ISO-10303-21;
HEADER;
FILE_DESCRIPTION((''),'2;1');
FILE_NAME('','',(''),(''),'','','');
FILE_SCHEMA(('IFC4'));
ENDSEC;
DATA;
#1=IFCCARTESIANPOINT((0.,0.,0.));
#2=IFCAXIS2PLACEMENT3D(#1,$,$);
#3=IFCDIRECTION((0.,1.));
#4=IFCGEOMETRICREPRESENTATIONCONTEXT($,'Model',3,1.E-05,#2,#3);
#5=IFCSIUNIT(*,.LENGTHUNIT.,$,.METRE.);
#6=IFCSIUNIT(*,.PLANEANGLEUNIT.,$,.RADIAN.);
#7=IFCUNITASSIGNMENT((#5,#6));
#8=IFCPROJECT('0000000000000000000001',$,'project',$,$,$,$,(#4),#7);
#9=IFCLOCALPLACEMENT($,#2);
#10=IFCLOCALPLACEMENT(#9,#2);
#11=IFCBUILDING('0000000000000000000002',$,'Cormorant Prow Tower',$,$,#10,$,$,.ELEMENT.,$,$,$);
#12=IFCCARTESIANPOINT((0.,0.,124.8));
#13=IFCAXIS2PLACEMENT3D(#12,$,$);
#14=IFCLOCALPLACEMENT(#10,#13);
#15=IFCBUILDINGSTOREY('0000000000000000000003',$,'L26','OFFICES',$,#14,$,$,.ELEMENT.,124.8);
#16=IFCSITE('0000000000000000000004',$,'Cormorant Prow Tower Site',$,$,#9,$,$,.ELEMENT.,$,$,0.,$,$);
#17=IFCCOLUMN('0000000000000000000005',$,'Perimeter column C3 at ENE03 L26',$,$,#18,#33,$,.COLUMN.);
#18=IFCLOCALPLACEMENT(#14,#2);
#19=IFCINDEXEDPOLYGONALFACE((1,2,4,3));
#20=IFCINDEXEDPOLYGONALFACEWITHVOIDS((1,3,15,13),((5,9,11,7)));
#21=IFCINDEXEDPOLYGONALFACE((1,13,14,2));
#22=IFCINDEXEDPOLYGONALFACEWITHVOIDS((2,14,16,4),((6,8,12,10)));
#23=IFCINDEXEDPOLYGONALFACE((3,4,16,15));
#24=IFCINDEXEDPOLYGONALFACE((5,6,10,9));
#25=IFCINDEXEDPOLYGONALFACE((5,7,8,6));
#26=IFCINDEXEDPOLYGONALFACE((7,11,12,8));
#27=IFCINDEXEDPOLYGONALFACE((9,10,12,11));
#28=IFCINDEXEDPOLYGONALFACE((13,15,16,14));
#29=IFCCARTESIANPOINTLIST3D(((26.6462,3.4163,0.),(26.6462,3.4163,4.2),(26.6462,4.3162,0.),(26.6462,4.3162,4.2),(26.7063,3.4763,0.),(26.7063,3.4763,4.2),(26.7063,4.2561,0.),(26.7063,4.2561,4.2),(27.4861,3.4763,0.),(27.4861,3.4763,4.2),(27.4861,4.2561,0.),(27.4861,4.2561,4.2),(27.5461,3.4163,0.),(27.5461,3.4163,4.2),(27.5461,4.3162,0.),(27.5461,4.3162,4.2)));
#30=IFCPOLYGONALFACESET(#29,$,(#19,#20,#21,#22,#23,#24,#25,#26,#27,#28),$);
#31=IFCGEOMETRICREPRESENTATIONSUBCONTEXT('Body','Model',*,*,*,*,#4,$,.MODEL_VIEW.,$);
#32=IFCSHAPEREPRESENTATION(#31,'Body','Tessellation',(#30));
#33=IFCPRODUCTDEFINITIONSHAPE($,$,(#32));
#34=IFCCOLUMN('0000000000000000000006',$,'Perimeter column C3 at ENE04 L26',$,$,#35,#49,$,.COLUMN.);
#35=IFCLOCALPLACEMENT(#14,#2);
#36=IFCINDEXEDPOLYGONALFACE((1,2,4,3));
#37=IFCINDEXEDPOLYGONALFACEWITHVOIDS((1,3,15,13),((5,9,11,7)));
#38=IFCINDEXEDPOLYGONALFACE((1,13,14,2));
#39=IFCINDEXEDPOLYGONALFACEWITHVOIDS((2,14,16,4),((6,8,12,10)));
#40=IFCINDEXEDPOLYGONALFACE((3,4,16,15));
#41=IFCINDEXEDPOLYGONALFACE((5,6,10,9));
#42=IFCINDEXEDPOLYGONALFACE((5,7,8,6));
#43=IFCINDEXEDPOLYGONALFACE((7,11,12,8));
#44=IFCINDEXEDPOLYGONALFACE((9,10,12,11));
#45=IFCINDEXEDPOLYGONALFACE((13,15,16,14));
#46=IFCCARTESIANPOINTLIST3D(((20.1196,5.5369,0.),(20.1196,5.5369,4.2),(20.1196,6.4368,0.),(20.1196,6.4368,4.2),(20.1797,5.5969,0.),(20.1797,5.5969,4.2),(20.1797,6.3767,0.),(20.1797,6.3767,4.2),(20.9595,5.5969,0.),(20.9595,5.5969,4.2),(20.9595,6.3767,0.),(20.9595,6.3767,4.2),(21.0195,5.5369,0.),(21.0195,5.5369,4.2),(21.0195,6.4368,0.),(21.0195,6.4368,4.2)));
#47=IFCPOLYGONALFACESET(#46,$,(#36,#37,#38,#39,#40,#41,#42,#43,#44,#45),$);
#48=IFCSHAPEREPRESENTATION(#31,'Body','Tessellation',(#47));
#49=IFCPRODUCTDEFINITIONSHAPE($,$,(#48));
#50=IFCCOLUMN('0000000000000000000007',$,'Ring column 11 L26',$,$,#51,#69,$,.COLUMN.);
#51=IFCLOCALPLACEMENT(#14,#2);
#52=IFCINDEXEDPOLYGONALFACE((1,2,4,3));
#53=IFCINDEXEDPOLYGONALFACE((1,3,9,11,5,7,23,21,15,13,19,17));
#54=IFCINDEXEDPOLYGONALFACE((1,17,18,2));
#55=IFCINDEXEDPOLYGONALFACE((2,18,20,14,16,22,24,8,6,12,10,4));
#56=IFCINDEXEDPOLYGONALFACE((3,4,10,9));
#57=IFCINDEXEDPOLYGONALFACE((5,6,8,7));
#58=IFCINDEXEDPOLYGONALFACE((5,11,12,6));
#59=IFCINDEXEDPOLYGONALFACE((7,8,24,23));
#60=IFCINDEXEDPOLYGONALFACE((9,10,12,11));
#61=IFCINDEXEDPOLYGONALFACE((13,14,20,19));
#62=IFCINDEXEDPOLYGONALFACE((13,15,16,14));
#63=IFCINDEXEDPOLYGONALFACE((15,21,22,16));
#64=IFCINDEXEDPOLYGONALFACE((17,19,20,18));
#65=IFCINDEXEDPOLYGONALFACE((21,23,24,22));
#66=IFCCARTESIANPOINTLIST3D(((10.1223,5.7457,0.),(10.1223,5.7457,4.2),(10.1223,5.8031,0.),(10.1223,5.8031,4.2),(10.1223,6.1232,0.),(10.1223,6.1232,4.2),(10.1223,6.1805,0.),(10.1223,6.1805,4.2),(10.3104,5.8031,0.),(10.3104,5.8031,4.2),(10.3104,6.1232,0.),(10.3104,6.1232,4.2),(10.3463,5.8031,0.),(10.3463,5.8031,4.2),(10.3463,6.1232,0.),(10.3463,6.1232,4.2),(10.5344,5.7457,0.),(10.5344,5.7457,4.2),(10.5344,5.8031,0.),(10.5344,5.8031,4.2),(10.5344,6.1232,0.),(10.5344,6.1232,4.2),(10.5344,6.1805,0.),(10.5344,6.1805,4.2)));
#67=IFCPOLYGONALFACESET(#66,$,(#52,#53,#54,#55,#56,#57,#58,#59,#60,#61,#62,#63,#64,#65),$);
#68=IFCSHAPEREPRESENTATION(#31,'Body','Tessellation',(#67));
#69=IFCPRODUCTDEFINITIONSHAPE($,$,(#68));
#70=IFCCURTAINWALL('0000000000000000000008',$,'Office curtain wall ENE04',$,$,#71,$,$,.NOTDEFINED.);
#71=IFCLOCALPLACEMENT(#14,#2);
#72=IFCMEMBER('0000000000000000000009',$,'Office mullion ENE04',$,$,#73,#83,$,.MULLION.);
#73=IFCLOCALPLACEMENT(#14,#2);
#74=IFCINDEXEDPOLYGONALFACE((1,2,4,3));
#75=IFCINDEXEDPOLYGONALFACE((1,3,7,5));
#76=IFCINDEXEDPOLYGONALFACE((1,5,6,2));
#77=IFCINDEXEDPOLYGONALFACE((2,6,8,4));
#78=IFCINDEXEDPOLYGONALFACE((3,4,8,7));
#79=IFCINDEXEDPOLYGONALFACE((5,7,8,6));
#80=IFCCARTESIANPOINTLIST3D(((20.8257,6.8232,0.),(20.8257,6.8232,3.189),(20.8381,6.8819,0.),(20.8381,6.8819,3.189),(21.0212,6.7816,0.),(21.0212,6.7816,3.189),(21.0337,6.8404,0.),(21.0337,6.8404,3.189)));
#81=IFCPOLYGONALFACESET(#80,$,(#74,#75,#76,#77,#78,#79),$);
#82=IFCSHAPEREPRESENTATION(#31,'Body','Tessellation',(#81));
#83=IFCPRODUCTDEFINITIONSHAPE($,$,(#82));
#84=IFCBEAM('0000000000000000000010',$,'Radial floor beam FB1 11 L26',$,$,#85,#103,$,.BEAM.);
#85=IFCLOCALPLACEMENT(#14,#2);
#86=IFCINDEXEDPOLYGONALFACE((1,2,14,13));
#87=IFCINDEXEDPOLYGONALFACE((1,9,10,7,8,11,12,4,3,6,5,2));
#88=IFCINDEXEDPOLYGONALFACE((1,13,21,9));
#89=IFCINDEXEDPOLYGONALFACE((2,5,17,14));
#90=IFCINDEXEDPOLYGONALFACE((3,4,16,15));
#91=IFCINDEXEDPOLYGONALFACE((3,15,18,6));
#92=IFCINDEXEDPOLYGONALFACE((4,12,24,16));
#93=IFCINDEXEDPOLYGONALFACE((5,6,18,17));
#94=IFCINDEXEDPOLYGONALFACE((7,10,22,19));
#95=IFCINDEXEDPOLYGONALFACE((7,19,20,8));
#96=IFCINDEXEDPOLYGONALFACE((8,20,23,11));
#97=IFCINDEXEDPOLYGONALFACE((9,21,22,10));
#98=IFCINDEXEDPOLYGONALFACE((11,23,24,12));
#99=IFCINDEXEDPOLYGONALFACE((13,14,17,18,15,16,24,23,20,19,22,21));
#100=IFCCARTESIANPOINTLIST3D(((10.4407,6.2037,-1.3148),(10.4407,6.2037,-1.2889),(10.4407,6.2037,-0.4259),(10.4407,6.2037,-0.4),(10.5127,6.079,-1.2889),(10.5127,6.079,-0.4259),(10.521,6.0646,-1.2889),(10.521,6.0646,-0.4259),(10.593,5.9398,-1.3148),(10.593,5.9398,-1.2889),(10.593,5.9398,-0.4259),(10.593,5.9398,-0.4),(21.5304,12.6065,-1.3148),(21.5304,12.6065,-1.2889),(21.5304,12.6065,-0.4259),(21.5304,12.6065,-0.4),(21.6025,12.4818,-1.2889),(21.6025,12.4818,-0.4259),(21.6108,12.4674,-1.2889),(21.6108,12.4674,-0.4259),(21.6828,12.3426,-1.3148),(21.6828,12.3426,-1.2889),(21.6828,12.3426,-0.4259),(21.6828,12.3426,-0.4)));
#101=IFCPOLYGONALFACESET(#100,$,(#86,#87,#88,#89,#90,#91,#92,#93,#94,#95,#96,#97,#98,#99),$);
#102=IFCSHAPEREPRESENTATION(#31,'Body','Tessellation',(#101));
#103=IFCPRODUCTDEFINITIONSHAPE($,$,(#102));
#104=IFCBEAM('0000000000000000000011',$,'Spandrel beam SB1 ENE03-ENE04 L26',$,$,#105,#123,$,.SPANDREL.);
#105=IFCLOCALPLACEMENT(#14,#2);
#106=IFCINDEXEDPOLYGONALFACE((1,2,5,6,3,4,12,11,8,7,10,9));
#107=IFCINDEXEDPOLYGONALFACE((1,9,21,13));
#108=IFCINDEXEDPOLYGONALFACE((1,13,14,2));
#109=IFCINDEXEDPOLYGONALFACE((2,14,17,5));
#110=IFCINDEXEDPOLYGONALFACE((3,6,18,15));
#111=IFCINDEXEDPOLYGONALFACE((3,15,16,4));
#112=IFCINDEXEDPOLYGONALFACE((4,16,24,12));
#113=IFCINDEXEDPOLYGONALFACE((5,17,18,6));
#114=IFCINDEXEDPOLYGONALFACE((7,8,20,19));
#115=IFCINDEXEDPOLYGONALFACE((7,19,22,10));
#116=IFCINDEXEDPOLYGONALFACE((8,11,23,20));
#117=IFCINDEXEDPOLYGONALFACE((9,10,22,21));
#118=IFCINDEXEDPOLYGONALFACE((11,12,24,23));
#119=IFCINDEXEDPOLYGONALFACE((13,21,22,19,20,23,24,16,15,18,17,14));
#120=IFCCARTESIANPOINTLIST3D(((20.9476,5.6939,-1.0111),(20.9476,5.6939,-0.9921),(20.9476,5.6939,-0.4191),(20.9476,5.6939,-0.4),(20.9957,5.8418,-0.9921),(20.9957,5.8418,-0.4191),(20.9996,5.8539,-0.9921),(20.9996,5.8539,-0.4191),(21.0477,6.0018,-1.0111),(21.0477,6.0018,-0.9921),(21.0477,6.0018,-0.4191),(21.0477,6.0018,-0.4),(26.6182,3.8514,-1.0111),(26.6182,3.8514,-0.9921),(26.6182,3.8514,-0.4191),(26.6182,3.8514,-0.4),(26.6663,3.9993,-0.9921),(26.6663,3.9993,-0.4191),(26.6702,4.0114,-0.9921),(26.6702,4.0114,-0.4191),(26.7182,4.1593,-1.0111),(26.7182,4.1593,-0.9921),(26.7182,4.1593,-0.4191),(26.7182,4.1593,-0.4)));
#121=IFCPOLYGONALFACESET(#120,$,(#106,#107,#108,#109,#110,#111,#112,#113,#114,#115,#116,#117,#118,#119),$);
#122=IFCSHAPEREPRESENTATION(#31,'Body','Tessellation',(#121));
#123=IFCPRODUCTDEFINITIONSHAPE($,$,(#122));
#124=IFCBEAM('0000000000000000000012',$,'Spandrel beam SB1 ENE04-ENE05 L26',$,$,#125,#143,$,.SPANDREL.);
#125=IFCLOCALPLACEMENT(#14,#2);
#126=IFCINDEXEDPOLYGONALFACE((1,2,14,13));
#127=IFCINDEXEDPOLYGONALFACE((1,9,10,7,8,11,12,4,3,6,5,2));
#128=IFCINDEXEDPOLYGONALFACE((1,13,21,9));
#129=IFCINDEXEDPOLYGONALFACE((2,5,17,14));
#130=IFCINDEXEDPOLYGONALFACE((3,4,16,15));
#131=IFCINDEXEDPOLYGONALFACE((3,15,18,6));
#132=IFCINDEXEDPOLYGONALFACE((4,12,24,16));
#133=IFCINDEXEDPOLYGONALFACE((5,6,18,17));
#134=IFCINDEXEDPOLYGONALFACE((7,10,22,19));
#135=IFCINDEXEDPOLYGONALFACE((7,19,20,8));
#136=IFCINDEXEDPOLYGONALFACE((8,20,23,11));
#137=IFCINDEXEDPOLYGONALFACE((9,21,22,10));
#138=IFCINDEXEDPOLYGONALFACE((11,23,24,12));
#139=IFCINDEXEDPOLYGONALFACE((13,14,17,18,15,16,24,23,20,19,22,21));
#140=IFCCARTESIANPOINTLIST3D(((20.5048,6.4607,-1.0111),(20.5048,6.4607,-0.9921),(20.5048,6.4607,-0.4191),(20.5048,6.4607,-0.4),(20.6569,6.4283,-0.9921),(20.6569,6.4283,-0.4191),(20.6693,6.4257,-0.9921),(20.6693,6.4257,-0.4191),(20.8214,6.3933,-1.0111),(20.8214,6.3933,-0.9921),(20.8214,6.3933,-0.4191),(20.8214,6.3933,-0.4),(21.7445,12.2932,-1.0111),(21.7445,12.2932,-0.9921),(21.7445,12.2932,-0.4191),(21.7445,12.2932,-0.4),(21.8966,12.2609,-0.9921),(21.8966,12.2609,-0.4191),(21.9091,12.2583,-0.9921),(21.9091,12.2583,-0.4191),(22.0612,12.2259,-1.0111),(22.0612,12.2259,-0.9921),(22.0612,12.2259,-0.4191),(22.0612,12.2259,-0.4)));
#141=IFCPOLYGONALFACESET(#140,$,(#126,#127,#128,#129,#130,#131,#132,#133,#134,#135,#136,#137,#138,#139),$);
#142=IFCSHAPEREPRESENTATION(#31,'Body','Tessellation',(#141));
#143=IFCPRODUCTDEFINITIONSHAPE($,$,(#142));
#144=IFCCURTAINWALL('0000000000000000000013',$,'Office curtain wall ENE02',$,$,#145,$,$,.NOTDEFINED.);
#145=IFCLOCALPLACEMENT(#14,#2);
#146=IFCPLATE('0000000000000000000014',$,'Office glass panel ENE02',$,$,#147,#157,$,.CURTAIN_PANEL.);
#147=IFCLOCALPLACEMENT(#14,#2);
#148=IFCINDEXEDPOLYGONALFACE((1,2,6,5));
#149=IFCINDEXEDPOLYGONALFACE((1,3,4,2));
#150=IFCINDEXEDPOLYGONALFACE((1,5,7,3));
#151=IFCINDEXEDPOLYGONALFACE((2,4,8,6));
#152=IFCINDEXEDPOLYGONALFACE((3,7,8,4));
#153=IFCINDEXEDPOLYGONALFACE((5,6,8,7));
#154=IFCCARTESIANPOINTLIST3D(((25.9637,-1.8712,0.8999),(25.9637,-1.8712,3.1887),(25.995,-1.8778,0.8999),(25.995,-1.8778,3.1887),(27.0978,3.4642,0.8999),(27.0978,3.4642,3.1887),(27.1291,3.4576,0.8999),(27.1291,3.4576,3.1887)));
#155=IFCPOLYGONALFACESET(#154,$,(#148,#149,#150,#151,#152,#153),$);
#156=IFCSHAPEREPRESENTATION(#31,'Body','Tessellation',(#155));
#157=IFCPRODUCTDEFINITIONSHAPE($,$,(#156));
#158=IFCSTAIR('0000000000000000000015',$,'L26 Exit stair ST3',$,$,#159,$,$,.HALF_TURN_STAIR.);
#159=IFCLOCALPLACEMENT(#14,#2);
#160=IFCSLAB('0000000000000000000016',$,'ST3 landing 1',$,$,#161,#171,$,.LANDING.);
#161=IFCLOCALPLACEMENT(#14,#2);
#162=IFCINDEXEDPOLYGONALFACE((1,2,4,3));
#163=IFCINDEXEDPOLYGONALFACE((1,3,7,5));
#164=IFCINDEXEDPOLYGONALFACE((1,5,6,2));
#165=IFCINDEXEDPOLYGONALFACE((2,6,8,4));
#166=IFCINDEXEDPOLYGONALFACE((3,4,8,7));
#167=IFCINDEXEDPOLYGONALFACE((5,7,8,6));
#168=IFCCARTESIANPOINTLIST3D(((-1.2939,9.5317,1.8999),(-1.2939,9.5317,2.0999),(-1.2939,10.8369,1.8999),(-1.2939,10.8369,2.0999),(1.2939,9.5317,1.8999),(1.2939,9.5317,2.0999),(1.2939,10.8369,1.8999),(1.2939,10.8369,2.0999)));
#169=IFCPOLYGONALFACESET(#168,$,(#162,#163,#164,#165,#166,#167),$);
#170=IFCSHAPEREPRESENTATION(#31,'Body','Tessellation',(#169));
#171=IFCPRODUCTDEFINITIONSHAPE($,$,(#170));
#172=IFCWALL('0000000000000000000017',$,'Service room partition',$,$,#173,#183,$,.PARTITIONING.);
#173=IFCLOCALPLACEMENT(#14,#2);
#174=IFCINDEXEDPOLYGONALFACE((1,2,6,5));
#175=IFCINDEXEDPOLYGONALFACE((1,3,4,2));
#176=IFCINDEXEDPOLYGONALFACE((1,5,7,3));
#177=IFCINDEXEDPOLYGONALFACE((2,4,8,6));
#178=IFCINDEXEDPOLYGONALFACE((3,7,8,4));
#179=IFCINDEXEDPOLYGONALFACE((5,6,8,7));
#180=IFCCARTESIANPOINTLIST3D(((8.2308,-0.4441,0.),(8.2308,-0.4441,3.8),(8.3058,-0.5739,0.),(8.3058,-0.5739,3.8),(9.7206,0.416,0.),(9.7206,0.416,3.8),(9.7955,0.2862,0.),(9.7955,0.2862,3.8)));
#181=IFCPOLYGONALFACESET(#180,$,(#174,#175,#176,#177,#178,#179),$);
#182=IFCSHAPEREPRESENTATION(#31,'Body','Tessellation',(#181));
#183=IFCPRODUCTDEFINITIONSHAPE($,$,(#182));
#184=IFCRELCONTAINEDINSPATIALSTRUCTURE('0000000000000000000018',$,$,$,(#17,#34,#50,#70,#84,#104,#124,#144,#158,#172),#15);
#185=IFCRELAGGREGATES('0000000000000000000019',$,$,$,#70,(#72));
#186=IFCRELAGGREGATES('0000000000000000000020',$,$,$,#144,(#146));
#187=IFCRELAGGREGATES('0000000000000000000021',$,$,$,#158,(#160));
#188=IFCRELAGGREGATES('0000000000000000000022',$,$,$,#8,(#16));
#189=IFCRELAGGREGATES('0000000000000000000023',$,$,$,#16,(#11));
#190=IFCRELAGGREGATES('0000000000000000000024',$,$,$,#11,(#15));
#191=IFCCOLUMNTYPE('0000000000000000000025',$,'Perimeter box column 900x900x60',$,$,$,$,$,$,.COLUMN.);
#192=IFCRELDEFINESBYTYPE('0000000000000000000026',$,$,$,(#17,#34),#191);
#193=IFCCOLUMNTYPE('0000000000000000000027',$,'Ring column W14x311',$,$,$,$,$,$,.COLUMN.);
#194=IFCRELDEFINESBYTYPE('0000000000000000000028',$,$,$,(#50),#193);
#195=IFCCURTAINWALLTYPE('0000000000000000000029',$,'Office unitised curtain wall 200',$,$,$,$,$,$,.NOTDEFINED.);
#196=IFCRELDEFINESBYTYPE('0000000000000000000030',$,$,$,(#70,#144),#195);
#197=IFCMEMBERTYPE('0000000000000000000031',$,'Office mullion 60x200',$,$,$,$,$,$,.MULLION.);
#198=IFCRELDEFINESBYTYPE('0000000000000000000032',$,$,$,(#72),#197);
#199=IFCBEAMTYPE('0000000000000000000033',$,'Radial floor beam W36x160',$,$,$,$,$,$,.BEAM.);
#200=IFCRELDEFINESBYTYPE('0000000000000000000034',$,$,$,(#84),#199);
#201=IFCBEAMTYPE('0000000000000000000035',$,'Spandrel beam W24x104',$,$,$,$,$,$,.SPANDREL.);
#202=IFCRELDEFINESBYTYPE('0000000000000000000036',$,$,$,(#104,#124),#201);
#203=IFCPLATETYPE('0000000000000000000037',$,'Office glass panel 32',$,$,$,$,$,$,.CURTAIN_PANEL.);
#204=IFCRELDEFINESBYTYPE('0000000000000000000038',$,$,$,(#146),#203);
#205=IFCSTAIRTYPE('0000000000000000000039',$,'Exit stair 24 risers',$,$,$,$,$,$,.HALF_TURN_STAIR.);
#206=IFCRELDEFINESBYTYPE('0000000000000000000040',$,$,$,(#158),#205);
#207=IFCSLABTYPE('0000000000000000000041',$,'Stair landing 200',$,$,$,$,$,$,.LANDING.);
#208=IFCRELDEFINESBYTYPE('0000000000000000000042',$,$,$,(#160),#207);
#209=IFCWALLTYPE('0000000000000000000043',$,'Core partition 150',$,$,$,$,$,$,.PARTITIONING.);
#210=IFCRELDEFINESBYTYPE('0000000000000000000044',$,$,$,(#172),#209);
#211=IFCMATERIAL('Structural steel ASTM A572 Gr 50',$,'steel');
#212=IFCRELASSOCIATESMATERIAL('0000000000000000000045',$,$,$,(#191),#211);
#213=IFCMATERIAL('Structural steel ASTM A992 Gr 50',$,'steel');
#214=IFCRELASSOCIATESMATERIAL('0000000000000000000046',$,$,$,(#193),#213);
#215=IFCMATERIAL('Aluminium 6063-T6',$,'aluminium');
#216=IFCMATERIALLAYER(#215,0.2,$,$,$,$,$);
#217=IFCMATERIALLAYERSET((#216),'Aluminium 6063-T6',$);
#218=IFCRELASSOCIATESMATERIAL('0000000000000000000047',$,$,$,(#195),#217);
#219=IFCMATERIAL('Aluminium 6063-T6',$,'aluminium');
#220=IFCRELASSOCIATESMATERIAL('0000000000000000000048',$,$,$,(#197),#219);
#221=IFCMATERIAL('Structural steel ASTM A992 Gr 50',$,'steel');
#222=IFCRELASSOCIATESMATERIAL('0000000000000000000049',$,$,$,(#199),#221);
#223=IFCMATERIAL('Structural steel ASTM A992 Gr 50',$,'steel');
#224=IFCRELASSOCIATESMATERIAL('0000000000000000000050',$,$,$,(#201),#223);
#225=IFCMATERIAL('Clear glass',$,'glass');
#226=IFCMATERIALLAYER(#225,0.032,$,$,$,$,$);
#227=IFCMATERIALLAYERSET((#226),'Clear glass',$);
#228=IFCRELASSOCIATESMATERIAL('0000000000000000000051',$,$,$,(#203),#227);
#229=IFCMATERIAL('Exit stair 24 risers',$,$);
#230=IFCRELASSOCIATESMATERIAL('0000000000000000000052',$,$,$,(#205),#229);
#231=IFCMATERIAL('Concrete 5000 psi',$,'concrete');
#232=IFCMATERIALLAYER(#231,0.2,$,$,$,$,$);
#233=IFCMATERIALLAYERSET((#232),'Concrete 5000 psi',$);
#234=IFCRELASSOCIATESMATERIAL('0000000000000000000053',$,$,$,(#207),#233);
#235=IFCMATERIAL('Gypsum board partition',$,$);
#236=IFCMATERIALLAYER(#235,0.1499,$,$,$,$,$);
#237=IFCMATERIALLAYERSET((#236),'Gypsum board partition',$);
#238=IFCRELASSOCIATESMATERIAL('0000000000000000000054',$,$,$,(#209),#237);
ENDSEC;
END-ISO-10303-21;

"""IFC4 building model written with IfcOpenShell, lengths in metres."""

from ifc_helpers import new_model, si_unit, direction, frame, frame_2d, origin, origin_2d, place, context, subcontext, project, spatial, polyline, rectangle, hollow_rectangle, i_section, outline, extrude, material, layer, layer_set, material_profile, profile_set, type_object, element, aggregate, save


model = new_model("IFC4")

# Units and contexts
model_context = context("Model", 3, precision=1e-05, world=origin(), true_north=direction((0.0, 1.0)))
body_context = subcontext(model_context, "Body", "Model", "MODEL_VIEW")
ifc_project = project(units=[si_unit("LENGTHUNIT", "METRE"), si_unit("PLANEANGLEUNIT", "RADIAN")], contexts=[model_context])

# Site, building, storey
site_placement = place(None, origin())
site = spatial("IfcSite", under=ifc_project, at=site_placement, Name="Cormorant Prow Tower Site", CompositionType="ELEMENT", RefElevation=0.0)
building_placement = place(site_placement, origin())
building = spatial("IfcBuilding", under=site, at=building_placement, Name="Cormorant Prow Tower", CompositionType="ELEMENT")
storey_placement = place(building_placement, frame((0.0, 0.0, 124.8)))
storey = spatial("IfcBuildingStorey", under=building, at=storey_placement, Name="L26", Description="OFFICES", CompositionType="ELEMENT", Elevation=124.8)

# Columns
ifc_material_1 = material(Name="Structural steel ASTM A572 Gr 50", Category="steel")
ifc_material_profile_1 = material_profile(ifc_material_1, hollow_rectangle(XDim=0.8999, YDim=0.8999, WallThickness=0.0601, at=origin_2d()), Name="Box 900x900x60")
ifc_profile_set_1 = profile_set([ifc_material_profile_1], Name="Structural steel ASTM A572 Gr 50")
column_type_1 = type_object("IfcColumnType", Name="Perimeter box column 900x900x60", PredefinedType="COLUMN", material=ifc_profile_set_1)
for number, where, z_axis, x_axis, name in (
    (1, (27.0962, 3.8662, 0.0), (0.0, 0.0, 1.0), (1.0, 0.0, 0.0), "Perimeter column C3 at ENE03 L26"),
    (2, (20.5696, 5.9868, 0.0), (0.0, 0.0, 1.0), (1.0, 0.0, 0.0), "Perimeter column C3 at ENE04 L26"),
):
    element("IfcColumn", number, at=place(storey_placement, frame(where, z_axis=z_axis, x_axis=x_axis)), inside=storey, type_object=column_type_1, Name=name, PredefinedType="COLUMN", context=body_context, shape_type="SweptSolid", body=[
        extrude(hollow_rectangle(XDim=0.8999, YDim=0.8999, WallThickness=0.0601, at=origin_2d()), origin(), (0.0, 0.0, 1.0), 4.2),
    ])
ifc_material_2 = material(Name="Structural steel ASTM A992 Gr 50", Category="steel")
ifc_material_profile_2 = material_profile(ifc_material_2, i_section(OverallWidth=0.4121, OverallDepth=0.4348, WebThickness=0.0359, FlangeThickness=0.0574, at=origin_2d()), Name="W14x311")
ifc_profile_set_2 = profile_set([ifc_material_profile_2], Name="Structural steel ASTM A992 Gr 50")
column_type_2 = type_object("IfcColumnType", Name="Ring column W14x311", PredefinedType="COLUMN", material=ifc_profile_set_2)
column_placement = place(storey_placement, frame((10.3284, 5.9631, 0.0), z_axis=(0.0, 0.0, 1.0), x_axis=(1.0, 0.0, 0.0)))
element("IfcColumn", 3, at=column_placement, inside=storey, type_object=column_type_2, Name="Ring column 11 L26", PredefinedType="COLUMN", context=body_context, shape_type="SweptSolid", body=[
    extrude(i_section(OverallWidth=0.4121, OverallDepth=0.4348, WebThickness=0.0359, FlangeThickness=0.0574, at=origin_2d()), origin(), (0.0, 0.0, 1.0), 4.2),
])

# Curtain wall, member
ifc_material_3 = material(Name="Aluminium 6063-T6", Category="aluminium")
ifc_layer_1 = layer(ifc_material_3, 0.2)
ifc_layer_set_1 = layer_set([ifc_layer_1], Name="Aluminium 6063-T6")
curtain_wall_type = type_object("IfcCurtainWallType", Name="Office unitised curtain wall 200", PredefinedType="NOTDEFINED", material=ifc_layer_set_1)
curtain_wall_1_placement = place(storey_placement, origin())
curtain_wall_1 = element("IfcCurtainWall", 4, at=curtain_wall_1_placement, inside=storey, type_object=curtain_wall_type, Name="Office curtain wall ENE04", PredefinedType="NOTDEFINED")
ifc_material_4 = material(Name="Aluminium 6063-T6", Category="aluminium")
ifc_material_profile_3 = material_profile(ifc_material_4, rectangle(XDim=0.2, YDim=0.0601, at=origin_2d()), Name="Office mullion 60x200")
ifc_profile_set_3 = profile_set([ifc_material_profile_3], Name="Aluminium 6063-T6")
member_type = type_object("IfcMemberType", Name="Office mullion 60x200", PredefinedType="MULLION", material=ifc_profile_set_3)
member_placement = place(storey_placement, frame((20.9297, 6.8318, 0.0), z_axis=(0.0, 0.0, 1.0), x_axis=(-0.978148, 0.207912, 0.0)))
member = element("IfcMember", 5, at=member_placement, type_object=member_type, Name="Office mullion ENE04", PredefinedType="MULLION", context=body_context, shape_type="SweptSolid", body=[
    extrude(rectangle(XDim=0.2, YDim=0.0601, at=origin_2d()), origin(), (0.0, 0.0, 1.0), 3.189),
])
aggregate(curtain_wall_1, [member])

# Beams
ifc_material_5 = material(Name="Structural steel ASTM A992 Gr 50", Category="steel")
ifc_material_profile_4 = material_profile(ifc_material_5, i_section(OverallWidth=0.3047, OverallDepth=0.9148, WebThickness=0.0166, FlangeThickness=0.0259, at=origin_2d()), Name="W36x160")
ifc_profile_set_4 = profile_set([ifc_material_profile_4], Name="Structural steel ASTM A992 Gr 50")
beam_type_1 = type_object("IfcBeamType", Name="Radial floor beam W36x160", PredefinedType="BEAM", material=ifc_profile_set_4)
beam_1_placement = place(storey_placement, frame((10.5168, 6.0718, -0.8574), z_axis=(0.866022, 0.500006, 0.0), x_axis=(-0.500006, 0.866022, 0.0)))
element("IfcBeam", 6, at=beam_1_placement, inside=storey, type_object=beam_type_1, Name="Radial floor beam FB1 11 L26", PredefinedType="BEAM", context=body_context, shape_type="SweptSolid", body=[
    extrude(i_section(OverallWidth=0.3047, OverallDepth=0.9148, WebThickness=0.0166, FlangeThickness=0.0259, at=origin_2d()), origin(), (0.0, 0.0, 1.0), 12.8054),
])
ifc_material_6 = material(Name="Structural steel ASTM A992 Gr 50", Category="steel")
ifc_material_profile_5 = material_profile(ifc_material_6, i_section(OverallWidth=0.3237, OverallDepth=0.6111, WebThickness=0.0127, FlangeThickness=0.019, at=origin_2d()), Name="W24x104")
ifc_profile_set_5 = profile_set([ifc_material_profile_5], Name="Structural steel ASTM A992 Gr 50")
beam_type_2 = type_object("IfcBeamType", Name="Spandrel beam W24x104", PredefinedType="SPANDREL", material=ifc_profile_set_5)
beam_2_placement = place(storey_placement, frame((26.6682, 4.0054, -0.7056), z_axis=(-0.951055, 0.30902, 0.0), x_axis=(-0.30902, -0.951055, 0.0)))
element("IfcBeam", 7, at=beam_2_placement, inside=storey, type_object=beam_type_2, Name="Spandrel beam SB1 ENE03-ENE04 L26", PredefinedType="SPANDREL", context=body_context, shape_type="SweptSolid", body=[
    extrude(i_section(OverallWidth=0.3237, OverallDepth=0.6111, WebThickness=0.0127, FlangeThickness=0.019, at=origin_2d()), origin(), (0.0, 0.0, 1.0), 5.9624),
])
beam_3_placement = place(storey_placement, frame((20.6631, 6.427, -0.7056), z_axis=(0.207913, 0.978147, 0.0), x_axis=(-0.978147, 0.207913, 0.0)))
element("IfcBeam", 8, at=beam_3_placement, inside=storey, type_object=beam_type_2, Name="Spandrel beam SB1 ENE04-ENE05 L26", PredefinedType="SPANDREL", context=body_context, shape_type="SweptSolid", body=[
    extrude(i_section(OverallWidth=0.3237, OverallDepth=0.6111, WebThickness=0.0127, FlangeThickness=0.019, at=origin_2d()), origin(), (0.0, 0.0, 1.0), 5.9629),
])

# Curtain wall, plate
curtain_wall_2_placement = place(storey_placement, origin())
curtain_wall_2 = element("IfcCurtainWall", 9, at=curtain_wall_2_placement, inside=storey, type_object=curtain_wall_type, Name="Office curtain wall ENE02", PredefinedType="NOTDEFINED")
ifc_material_7 = material(Name="Clear glass", Category="glass")
ifc_layer_2 = layer(ifc_material_7, 0.032)
ifc_layer_set_2 = layer_set([ifc_layer_2], Name="Clear glass")
plate_type = type_object("IfcPlateType", Name="Office glass panel 32", PredefinedType="CURTAIN_PANEL", material=ifc_layer_set_2)
plate_placement = place(storey_placement, frame((26.5464, 0.7932, 0.8999), z_axis=(0.0, 0.0, 1.0), x_axis=(0.207912, 0.978148, 0.0)))
plate = element("IfcPlate", 10, at=plate_placement, type_object=plate_type, Name="Office glass panel ENE02", PredefinedType="CURTAIN_PANEL", context=body_context, shape_type="SweptSolid", body=[
    extrude(rectangle(XDim=5.4546, YDim=0.032, at=origin_2d()), origin(), (0.0, 0.0, 1.0), 2.2888),
])
aggregate(curtain_wall_2, [plate])

# Stair, slab
ifc_material_8 = material(Name="Exit stair 24 risers")
stair_type = type_object("IfcStairType", Name="Exit stair 24 risers", PredefinedType="HALF_TURN_STAIR", material=ifc_material_8)
stair_placement = place(storey_placement, origin())
stair = element("IfcStair", 11, at=stair_placement, inside=storey, type_object=stair_type, Name="L26 Exit stair ST3", PredefinedType="HALF_TURN_STAIR")
ifc_material_9 = material(Name="Concrete 5000 psi", Category="concrete")
ifc_layer_3 = layer(ifc_material_9, 0.2)
ifc_layer_set_3 = layer_set([ifc_layer_3], Name="Concrete 5000 psi")
slab_type = type_object("IfcSlabType", Name="Stair landing 200", PredefinedType="LANDING", material=ifc_layer_set_3)
slab_placement = place(storey_placement, frame((0.0, 0.0, 1.8999)))
slab = element("IfcSlab", 12, at=slab_placement, type_object=slab_type, Name="ST3 landing 1", PredefinedType="LANDING", context=body_context, shape_type="SweptSolid", body=[
    extrude(outline(polyline([(1.2939, 9.5317), (1.2939, 10.8369), (-1.2939, 10.8369), (-1.2939, 9.5317), (1.2939, 9.5317)])), origin(), (0.0, 0.0, 1.0), 0.2),
])

# Wall
ifc_material_10 = material(Name="Gypsum board partition")
ifc_layer_4 = layer(ifc_material_10, 0.1499)
ifc_layer_set_4 = layer_set([ifc_layer_4], Name="Gypsum board partition")
wall_type_1 = type_object("IfcWallType", Name="Core partition 150", PredefinedType="PARTITIONING", material=ifc_layer_set_4)
wall_1_placement = place(storey_placement, frame((8.2683, -0.509, 0.0), z_axis=(0.0, 0.0, 1.0), x_axis=(0.866025, 0.500001, 0.0)))
element("IfcWall", 13, at=wall_1_placement, inside=storey, type_object=wall_type_1, Name="Service room partition", PredefinedType="PARTITIONING", context=body_context, shape_type="SweptSolid", body=[
    extrude(rectangle(XDim=1.7202, YDim=0.1499, at=frame_2d((0.8601, 0.0))), origin(), (0.0, 0.0, 1.0), 3.8),
])

aggregate(stair, [slab])

save(model, "model.ifc")
